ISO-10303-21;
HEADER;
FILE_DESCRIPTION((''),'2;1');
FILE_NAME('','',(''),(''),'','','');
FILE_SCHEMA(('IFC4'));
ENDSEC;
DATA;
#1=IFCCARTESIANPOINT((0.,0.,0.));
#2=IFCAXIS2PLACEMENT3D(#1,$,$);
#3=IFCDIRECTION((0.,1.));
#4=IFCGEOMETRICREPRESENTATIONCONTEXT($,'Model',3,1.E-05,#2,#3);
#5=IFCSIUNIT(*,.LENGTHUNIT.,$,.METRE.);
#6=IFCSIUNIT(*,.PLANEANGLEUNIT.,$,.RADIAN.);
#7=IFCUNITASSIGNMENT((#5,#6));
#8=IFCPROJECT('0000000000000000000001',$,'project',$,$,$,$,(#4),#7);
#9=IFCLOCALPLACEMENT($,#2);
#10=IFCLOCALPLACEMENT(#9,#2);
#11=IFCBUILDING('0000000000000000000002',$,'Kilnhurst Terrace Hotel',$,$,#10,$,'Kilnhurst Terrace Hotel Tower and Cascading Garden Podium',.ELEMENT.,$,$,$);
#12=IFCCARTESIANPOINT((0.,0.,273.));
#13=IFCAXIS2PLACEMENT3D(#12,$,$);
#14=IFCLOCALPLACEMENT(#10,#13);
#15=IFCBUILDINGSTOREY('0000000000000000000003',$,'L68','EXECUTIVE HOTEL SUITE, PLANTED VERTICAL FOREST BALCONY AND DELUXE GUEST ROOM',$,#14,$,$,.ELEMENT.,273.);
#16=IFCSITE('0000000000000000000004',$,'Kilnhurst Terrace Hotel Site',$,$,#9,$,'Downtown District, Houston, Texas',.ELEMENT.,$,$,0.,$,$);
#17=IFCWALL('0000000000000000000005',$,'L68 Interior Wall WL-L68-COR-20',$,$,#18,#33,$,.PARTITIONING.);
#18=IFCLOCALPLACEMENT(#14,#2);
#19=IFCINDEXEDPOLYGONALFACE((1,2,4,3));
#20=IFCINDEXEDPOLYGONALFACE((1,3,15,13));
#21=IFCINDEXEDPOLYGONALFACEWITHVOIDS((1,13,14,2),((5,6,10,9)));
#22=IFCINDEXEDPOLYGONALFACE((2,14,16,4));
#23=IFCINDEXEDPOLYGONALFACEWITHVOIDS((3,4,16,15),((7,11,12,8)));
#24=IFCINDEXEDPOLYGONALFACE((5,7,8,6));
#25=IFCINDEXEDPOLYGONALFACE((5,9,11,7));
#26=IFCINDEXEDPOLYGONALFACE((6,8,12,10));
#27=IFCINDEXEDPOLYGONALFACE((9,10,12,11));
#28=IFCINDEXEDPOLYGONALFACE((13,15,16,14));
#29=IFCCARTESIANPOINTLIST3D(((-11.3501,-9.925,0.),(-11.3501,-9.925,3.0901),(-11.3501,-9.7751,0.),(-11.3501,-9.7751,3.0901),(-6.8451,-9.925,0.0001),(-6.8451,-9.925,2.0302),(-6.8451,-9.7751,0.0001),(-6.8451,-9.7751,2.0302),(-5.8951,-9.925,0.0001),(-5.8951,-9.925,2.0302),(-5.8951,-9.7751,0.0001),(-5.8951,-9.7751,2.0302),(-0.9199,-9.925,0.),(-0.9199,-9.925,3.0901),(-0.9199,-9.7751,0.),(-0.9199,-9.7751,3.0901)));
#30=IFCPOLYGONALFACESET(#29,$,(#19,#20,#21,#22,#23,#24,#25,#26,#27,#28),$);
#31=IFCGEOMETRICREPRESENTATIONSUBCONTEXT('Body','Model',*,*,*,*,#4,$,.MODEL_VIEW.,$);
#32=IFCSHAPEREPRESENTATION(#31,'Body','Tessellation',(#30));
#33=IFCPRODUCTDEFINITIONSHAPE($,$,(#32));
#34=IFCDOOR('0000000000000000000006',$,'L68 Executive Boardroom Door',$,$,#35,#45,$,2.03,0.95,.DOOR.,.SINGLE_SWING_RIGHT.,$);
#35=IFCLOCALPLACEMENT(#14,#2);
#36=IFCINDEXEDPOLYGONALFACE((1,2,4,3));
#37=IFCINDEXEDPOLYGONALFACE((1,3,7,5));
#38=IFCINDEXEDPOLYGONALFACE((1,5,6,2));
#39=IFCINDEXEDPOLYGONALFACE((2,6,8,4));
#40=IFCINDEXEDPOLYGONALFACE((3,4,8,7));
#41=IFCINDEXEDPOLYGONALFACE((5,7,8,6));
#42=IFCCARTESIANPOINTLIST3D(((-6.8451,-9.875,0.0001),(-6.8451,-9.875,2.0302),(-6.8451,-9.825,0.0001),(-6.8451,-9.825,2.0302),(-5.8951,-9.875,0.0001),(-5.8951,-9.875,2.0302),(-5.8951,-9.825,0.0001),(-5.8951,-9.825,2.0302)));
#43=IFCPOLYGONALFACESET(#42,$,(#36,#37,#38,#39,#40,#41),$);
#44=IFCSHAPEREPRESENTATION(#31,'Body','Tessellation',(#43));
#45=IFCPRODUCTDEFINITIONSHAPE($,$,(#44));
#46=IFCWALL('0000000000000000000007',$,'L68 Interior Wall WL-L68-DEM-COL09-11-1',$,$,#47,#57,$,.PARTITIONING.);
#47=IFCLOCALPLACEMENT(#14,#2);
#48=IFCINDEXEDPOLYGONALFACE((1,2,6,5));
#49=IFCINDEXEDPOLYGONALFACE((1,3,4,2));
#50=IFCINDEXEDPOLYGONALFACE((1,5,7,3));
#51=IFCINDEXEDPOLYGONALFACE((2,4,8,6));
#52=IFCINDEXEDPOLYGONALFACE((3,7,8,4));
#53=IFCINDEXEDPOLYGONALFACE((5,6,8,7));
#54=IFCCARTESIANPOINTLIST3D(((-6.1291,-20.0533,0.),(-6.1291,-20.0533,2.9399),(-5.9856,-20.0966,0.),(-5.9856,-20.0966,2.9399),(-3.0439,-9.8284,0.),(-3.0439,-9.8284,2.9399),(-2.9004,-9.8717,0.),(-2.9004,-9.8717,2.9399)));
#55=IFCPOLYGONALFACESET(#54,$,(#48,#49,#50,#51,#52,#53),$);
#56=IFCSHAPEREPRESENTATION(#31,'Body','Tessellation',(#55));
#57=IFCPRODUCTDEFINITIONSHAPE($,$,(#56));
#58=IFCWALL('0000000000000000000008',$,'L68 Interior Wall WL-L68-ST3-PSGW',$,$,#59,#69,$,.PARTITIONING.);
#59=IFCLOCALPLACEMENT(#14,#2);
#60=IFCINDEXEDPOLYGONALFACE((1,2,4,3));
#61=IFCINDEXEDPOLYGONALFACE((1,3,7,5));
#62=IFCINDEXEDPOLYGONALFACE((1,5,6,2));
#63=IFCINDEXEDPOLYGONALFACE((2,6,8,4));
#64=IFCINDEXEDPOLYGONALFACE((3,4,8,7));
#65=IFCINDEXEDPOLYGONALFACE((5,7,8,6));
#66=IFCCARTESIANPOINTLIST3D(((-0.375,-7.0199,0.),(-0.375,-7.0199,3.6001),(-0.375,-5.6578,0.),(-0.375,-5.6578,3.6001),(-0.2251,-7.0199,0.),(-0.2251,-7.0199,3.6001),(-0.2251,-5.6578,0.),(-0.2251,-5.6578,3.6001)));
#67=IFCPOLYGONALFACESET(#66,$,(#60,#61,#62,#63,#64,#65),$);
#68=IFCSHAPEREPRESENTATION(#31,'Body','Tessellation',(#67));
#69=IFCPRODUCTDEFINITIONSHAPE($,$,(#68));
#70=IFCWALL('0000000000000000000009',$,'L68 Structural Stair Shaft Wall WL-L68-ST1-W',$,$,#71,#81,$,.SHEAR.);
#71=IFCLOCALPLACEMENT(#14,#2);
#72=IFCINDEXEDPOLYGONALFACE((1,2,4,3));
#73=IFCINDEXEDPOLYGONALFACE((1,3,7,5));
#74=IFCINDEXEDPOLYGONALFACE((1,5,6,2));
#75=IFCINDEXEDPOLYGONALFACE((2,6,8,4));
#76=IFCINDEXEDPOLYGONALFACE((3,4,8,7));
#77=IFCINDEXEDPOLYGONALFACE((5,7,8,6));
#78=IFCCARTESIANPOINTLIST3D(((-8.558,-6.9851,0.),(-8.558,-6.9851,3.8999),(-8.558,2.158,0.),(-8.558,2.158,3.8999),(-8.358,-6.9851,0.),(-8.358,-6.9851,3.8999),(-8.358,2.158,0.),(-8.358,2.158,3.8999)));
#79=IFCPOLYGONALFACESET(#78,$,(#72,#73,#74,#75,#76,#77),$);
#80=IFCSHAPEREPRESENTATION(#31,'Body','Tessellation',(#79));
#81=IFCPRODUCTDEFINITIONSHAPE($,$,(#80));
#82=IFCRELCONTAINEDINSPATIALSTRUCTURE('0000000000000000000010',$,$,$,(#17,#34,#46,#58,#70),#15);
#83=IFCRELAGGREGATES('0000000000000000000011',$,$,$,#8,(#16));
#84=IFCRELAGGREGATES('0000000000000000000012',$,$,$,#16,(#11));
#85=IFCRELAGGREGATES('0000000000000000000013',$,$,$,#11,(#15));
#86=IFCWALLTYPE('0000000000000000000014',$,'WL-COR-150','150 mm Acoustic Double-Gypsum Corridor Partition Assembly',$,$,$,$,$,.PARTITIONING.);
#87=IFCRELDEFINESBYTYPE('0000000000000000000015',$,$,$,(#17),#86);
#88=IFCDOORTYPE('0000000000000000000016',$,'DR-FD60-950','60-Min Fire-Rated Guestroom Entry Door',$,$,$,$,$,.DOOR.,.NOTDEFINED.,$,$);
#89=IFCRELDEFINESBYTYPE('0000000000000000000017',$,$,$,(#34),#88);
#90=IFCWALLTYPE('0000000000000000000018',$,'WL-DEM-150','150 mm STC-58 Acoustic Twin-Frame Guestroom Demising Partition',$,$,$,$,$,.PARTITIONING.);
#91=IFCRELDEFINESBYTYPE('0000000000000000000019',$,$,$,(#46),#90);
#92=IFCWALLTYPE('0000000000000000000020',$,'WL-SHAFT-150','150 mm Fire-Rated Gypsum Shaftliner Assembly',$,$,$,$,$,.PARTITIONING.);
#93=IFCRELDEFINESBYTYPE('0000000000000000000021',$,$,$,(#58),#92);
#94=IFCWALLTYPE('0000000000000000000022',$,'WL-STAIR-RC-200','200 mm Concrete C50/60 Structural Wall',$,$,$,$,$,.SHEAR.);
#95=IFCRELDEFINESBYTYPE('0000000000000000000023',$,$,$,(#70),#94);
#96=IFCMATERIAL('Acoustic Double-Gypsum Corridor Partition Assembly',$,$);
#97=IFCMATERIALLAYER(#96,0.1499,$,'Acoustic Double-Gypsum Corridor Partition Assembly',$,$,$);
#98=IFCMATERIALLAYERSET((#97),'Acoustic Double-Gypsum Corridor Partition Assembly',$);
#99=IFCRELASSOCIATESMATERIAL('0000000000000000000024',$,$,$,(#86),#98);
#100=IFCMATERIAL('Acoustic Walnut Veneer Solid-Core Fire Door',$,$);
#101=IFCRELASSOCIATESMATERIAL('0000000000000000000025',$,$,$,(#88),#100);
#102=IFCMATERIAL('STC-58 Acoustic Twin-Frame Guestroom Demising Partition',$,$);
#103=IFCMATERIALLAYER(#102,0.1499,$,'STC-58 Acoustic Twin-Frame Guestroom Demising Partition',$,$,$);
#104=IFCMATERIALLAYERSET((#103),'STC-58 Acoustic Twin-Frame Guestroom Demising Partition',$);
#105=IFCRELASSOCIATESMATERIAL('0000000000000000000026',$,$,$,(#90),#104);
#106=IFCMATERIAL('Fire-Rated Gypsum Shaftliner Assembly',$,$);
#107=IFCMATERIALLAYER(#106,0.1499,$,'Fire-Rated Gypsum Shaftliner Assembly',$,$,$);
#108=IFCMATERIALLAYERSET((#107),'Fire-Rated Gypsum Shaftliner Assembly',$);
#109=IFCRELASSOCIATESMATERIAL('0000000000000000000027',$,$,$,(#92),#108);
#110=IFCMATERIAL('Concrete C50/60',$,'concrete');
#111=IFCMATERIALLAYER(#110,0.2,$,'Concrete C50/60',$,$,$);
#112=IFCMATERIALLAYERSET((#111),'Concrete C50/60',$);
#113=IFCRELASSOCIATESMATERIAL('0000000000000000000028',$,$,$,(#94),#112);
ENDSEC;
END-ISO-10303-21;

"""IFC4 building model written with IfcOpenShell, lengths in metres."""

from ifc_helpers import new_model, si_unit, direction, frame, frame_2d, origin, place, context, subcontext, project, spatial, rectangle, extrude, material, layer, layer_set, type_object, element, fill, save


model = new_model("IFC4")

# Units and contexts
model_context = context("Model", 3, precision=1e-05, world=origin(), true_north=direction((0.0, 1.0)))
body_context = subcontext(model_context, "Body", "Model", "MODEL_VIEW")
ifc_project = project(units=[si_unit("LENGTHUNIT", "METRE"), si_unit("PLANEANGLEUNIT", "RADIAN")], contexts=[model_context])

# Site, building, storey
site_placement = place(None, origin())
site = spatial("IfcSite", under=ifc_project, at=site_placement, Name="Kilnhurst Terrace Hotel Site", LongName="Downtown District, Houston, Texas", CompositionType="ELEMENT", RefElevation=0.0)
building_placement = place(site_placement, origin())
building = spatial("IfcBuilding", under=site, at=building_placement, Name="Kilnhurst Terrace Hotel", LongName="Kilnhurst Terrace Hotel Tower and Cascading Garden Podium", CompositionType="ELEMENT")
storey_placement = place(building_placement, frame((0.0, 0.0, 273.0)))
storey = spatial("IfcBuildingStorey", under=building, at=storey_placement, Name="L68", Description="EXECUTIVE HOTEL SUITE, PLANTED VERTICAL FOREST BALCONY AND DELUXE GUEST ROOM", CompositionType="ELEMENT", Elevation=273.0)

# Shared definitions
ifc_material_1 = material(Name="Concrete C50/60", Category="concrete")

# Shared definitions
ifc_material_2 = material(Name="Acoustic Double-Gypsum Corridor Partition Assembly")
ifc_layer_1 = layer(ifc_material_2, 0.1499, Name="Acoustic Double-Gypsum Corridor Partition Assembly")
ifc_layer_set_1 = layer_set([ifc_layer_1], Name="Acoustic Double-Gypsum Corridor Partition Assembly")
wall_type_1 = type_object("IfcWallType", Name="WL-COR-150", Description="150 mm Acoustic Double-Gypsum Corridor Partition Assembly", PredefinedType="PARTITIONING", material=ifc_layer_set_1)

# Wall, opening, door
wall_1_placement = place(storey_placement, frame((-0.9199, -9.8501, 0.0), z_axis=(0.0, 0.0, 1.0), x_axis=(-1.0, 0.0, 0.0)))
wall_1 = element("IfcWall", 1, at=wall_1_placement, inside=storey, type_object=wall_type_1, Name="L68 Interior Wall WL-L68-COR-20", PredefinedType="PARTITIONING", context=body_context, shape_type="SweptSolid", body=[
    extrude(rectangle(XDim=10.4302, YDim=0.1499, at=frame_2d((5.2151, 0.0))), origin(), (0.0, 0.0, 1.0), 3.0901),
])
opening_1_placement = place(wall_1_placement, frame((4.9751, 0.0, 0.0)))
opening_1 = element("IfcOpeningElement", 2, at=opening_1_placement, cuts=wall_1, PredefinedType="OPENING", context=body_context, shape_type="SweptSolid", body=[
    extrude(rectangle(XDim=0.95, YDim=2.03, at=frame_2d((0.4751, 1.0151))), frame((0.0, 0.085, 0.0), z_axis=(0.0, -1.0, 0.0), x_axis=(1.0, 0.0, 0.0)), (0.0, 0.0, 1.0), 0.1699),
])
ifc_material_3 = material(Name="Acoustic Walnut Veneer Solid-Core Fire Door")
door_type_1 = type_object("IfcDoorType", Name="DR-FD60-950", Description="60-Min Fire-Rated Guestroom Entry Door", OperationType="NOTDEFINED", PredefinedType="DOOR", material=ifc_material_3)
door_1_placement = place(opening_1_placement, origin())
door_1 = element("IfcDoor", 3, at=door_1_placement, inside=storey, type_object=door_type_1, Name="L68 Executive Boardroom Door", OperationType="SINGLE_SWING_RIGHT", OverallHeight=2.03, OverallWidth=0.95, PredefinedType="DOOR", context=body_context, shape_type="SweptSolid", body=[
    extrude(rectangle(XDim=0.95, YDim=2.03, at=frame_2d((0.4751, 1.0151))), frame((0.0, 0.0249, 0.0), z_axis=(0.0, -1.0, 0.0), x_axis=(1.0, 0.0, 0.0)), (0.0, 0.0, 1.0), 0.05),
])
fill(opening_1, door_1)

# Walls
ifc_material_4 = material(Name="STC-58 Acoustic Twin-Frame Guestroom Demising Partition")
ifc_layer_2 = layer(ifc_material_4, 0.1499, Name="STC-58 Acoustic Twin-Frame Guestroom Demising Partition")
ifc_layer_set_2 = layer_set([ifc_layer_2], Name="STC-58 Acoustic Twin-Frame Guestroom Demising Partition")
wall_type_2 = type_object("IfcWallType", Name="WL-DEM-150", Description="150 mm STC-58 Acoustic Twin-Frame Guestroom Demising Partition", PredefinedType="PARTITIONING", material=ifc_layer_set_2)
wall_2_placement = place(storey_placement, frame((-2.9722, -9.8501, 0.0), z_axis=(0.0, 0.0, 1.0), x_axis=(-0.288872, -0.957368, 0.0)))
element("IfcWall", 4, at=wall_2_placement, inside=storey, type_object=wall_type_2, Name="L68 Interior Wall WL-L68-DEM-COL09-11-1", PredefinedType="PARTITIONING", context=body_context, shape_type="SweptSolid", body=[
    extrude(rectangle(XDim=10.6802, YDim=0.1499, at=frame_2d((5.3401, 0.0))), origin(), (0.0, 0.0, 1.0), 2.9399),
])
ifc_material_5 = material(Name="Fire-Rated Gypsum Shaftliner Assembly")
ifc_layer_3 = layer(ifc_material_5, 0.1499, Name="Fire-Rated Gypsum Shaftliner Assembly")
ifc_layer_set_3 = layer_set([ifc_layer_3], Name="Fire-Rated Gypsum Shaftliner Assembly")
wall_type_3 = type_object("IfcWallType", Name="WL-SHAFT-150", Description="150 mm Fire-Rated Gypsum Shaftliner Assembly", PredefinedType="PARTITIONING", material=ifc_layer_set_3)
wall_3_placement = place(storey_placement, frame((-0.3, -7.02, 0.0), z_axis=(0.0, 0.0, 1.0), x_axis=(0.0, 1.0, 0.0)))
element("IfcWall", 5, at=wall_3_placement, inside=storey, type_object=wall_type_3, Name="L68 Interior Wall WL-L68-ST3-PSGW", PredefinedType="PARTITIONING", context=body_context, shape_type="SweptSolid", body=[
    extrude(rectangle(XDim=1.3621, YDim=0.1499, at=frame_2d((0.6812, 0.0))), origin(), (0.0, 0.0, 1.0), 3.6001),
])
ifc_layer_4 = layer(ifc_material_1, 0.2, Name="Concrete C50/60")
ifc_layer_set_4 = layer_set([ifc_layer_4], Name="Concrete C50/60")
wall_type_4 = type_object("IfcWallType", Name="WL-STAIR-RC-200", Description="200 mm Concrete C50/60 Structural Wall", PredefinedType="SHEAR", material=ifc_layer_set_4)
wall_4_placement = place(storey_placement, frame((-8.458, -6.9851, 0.0), z_axis=(0.0, 0.0, 1.0), x_axis=(0.0, 1.0, 0.0)))
element("IfcWall", 6, at=wall_4_placement, inside=storey, type_object=wall_type_4, Name="L68 Structural Stair Shaft Wall WL-L68-ST1-W", PredefinedType="SHEAR", context=body_context, shape_type="SweptSolid", body=[
    extrude(rectangle(XDim=9.1431, YDim=0.2, at=frame_2d((4.5715, 0.0))), origin(), (0.0, 0.0, 1.0), 3.8999),
])

save(model, "model.ifc")
